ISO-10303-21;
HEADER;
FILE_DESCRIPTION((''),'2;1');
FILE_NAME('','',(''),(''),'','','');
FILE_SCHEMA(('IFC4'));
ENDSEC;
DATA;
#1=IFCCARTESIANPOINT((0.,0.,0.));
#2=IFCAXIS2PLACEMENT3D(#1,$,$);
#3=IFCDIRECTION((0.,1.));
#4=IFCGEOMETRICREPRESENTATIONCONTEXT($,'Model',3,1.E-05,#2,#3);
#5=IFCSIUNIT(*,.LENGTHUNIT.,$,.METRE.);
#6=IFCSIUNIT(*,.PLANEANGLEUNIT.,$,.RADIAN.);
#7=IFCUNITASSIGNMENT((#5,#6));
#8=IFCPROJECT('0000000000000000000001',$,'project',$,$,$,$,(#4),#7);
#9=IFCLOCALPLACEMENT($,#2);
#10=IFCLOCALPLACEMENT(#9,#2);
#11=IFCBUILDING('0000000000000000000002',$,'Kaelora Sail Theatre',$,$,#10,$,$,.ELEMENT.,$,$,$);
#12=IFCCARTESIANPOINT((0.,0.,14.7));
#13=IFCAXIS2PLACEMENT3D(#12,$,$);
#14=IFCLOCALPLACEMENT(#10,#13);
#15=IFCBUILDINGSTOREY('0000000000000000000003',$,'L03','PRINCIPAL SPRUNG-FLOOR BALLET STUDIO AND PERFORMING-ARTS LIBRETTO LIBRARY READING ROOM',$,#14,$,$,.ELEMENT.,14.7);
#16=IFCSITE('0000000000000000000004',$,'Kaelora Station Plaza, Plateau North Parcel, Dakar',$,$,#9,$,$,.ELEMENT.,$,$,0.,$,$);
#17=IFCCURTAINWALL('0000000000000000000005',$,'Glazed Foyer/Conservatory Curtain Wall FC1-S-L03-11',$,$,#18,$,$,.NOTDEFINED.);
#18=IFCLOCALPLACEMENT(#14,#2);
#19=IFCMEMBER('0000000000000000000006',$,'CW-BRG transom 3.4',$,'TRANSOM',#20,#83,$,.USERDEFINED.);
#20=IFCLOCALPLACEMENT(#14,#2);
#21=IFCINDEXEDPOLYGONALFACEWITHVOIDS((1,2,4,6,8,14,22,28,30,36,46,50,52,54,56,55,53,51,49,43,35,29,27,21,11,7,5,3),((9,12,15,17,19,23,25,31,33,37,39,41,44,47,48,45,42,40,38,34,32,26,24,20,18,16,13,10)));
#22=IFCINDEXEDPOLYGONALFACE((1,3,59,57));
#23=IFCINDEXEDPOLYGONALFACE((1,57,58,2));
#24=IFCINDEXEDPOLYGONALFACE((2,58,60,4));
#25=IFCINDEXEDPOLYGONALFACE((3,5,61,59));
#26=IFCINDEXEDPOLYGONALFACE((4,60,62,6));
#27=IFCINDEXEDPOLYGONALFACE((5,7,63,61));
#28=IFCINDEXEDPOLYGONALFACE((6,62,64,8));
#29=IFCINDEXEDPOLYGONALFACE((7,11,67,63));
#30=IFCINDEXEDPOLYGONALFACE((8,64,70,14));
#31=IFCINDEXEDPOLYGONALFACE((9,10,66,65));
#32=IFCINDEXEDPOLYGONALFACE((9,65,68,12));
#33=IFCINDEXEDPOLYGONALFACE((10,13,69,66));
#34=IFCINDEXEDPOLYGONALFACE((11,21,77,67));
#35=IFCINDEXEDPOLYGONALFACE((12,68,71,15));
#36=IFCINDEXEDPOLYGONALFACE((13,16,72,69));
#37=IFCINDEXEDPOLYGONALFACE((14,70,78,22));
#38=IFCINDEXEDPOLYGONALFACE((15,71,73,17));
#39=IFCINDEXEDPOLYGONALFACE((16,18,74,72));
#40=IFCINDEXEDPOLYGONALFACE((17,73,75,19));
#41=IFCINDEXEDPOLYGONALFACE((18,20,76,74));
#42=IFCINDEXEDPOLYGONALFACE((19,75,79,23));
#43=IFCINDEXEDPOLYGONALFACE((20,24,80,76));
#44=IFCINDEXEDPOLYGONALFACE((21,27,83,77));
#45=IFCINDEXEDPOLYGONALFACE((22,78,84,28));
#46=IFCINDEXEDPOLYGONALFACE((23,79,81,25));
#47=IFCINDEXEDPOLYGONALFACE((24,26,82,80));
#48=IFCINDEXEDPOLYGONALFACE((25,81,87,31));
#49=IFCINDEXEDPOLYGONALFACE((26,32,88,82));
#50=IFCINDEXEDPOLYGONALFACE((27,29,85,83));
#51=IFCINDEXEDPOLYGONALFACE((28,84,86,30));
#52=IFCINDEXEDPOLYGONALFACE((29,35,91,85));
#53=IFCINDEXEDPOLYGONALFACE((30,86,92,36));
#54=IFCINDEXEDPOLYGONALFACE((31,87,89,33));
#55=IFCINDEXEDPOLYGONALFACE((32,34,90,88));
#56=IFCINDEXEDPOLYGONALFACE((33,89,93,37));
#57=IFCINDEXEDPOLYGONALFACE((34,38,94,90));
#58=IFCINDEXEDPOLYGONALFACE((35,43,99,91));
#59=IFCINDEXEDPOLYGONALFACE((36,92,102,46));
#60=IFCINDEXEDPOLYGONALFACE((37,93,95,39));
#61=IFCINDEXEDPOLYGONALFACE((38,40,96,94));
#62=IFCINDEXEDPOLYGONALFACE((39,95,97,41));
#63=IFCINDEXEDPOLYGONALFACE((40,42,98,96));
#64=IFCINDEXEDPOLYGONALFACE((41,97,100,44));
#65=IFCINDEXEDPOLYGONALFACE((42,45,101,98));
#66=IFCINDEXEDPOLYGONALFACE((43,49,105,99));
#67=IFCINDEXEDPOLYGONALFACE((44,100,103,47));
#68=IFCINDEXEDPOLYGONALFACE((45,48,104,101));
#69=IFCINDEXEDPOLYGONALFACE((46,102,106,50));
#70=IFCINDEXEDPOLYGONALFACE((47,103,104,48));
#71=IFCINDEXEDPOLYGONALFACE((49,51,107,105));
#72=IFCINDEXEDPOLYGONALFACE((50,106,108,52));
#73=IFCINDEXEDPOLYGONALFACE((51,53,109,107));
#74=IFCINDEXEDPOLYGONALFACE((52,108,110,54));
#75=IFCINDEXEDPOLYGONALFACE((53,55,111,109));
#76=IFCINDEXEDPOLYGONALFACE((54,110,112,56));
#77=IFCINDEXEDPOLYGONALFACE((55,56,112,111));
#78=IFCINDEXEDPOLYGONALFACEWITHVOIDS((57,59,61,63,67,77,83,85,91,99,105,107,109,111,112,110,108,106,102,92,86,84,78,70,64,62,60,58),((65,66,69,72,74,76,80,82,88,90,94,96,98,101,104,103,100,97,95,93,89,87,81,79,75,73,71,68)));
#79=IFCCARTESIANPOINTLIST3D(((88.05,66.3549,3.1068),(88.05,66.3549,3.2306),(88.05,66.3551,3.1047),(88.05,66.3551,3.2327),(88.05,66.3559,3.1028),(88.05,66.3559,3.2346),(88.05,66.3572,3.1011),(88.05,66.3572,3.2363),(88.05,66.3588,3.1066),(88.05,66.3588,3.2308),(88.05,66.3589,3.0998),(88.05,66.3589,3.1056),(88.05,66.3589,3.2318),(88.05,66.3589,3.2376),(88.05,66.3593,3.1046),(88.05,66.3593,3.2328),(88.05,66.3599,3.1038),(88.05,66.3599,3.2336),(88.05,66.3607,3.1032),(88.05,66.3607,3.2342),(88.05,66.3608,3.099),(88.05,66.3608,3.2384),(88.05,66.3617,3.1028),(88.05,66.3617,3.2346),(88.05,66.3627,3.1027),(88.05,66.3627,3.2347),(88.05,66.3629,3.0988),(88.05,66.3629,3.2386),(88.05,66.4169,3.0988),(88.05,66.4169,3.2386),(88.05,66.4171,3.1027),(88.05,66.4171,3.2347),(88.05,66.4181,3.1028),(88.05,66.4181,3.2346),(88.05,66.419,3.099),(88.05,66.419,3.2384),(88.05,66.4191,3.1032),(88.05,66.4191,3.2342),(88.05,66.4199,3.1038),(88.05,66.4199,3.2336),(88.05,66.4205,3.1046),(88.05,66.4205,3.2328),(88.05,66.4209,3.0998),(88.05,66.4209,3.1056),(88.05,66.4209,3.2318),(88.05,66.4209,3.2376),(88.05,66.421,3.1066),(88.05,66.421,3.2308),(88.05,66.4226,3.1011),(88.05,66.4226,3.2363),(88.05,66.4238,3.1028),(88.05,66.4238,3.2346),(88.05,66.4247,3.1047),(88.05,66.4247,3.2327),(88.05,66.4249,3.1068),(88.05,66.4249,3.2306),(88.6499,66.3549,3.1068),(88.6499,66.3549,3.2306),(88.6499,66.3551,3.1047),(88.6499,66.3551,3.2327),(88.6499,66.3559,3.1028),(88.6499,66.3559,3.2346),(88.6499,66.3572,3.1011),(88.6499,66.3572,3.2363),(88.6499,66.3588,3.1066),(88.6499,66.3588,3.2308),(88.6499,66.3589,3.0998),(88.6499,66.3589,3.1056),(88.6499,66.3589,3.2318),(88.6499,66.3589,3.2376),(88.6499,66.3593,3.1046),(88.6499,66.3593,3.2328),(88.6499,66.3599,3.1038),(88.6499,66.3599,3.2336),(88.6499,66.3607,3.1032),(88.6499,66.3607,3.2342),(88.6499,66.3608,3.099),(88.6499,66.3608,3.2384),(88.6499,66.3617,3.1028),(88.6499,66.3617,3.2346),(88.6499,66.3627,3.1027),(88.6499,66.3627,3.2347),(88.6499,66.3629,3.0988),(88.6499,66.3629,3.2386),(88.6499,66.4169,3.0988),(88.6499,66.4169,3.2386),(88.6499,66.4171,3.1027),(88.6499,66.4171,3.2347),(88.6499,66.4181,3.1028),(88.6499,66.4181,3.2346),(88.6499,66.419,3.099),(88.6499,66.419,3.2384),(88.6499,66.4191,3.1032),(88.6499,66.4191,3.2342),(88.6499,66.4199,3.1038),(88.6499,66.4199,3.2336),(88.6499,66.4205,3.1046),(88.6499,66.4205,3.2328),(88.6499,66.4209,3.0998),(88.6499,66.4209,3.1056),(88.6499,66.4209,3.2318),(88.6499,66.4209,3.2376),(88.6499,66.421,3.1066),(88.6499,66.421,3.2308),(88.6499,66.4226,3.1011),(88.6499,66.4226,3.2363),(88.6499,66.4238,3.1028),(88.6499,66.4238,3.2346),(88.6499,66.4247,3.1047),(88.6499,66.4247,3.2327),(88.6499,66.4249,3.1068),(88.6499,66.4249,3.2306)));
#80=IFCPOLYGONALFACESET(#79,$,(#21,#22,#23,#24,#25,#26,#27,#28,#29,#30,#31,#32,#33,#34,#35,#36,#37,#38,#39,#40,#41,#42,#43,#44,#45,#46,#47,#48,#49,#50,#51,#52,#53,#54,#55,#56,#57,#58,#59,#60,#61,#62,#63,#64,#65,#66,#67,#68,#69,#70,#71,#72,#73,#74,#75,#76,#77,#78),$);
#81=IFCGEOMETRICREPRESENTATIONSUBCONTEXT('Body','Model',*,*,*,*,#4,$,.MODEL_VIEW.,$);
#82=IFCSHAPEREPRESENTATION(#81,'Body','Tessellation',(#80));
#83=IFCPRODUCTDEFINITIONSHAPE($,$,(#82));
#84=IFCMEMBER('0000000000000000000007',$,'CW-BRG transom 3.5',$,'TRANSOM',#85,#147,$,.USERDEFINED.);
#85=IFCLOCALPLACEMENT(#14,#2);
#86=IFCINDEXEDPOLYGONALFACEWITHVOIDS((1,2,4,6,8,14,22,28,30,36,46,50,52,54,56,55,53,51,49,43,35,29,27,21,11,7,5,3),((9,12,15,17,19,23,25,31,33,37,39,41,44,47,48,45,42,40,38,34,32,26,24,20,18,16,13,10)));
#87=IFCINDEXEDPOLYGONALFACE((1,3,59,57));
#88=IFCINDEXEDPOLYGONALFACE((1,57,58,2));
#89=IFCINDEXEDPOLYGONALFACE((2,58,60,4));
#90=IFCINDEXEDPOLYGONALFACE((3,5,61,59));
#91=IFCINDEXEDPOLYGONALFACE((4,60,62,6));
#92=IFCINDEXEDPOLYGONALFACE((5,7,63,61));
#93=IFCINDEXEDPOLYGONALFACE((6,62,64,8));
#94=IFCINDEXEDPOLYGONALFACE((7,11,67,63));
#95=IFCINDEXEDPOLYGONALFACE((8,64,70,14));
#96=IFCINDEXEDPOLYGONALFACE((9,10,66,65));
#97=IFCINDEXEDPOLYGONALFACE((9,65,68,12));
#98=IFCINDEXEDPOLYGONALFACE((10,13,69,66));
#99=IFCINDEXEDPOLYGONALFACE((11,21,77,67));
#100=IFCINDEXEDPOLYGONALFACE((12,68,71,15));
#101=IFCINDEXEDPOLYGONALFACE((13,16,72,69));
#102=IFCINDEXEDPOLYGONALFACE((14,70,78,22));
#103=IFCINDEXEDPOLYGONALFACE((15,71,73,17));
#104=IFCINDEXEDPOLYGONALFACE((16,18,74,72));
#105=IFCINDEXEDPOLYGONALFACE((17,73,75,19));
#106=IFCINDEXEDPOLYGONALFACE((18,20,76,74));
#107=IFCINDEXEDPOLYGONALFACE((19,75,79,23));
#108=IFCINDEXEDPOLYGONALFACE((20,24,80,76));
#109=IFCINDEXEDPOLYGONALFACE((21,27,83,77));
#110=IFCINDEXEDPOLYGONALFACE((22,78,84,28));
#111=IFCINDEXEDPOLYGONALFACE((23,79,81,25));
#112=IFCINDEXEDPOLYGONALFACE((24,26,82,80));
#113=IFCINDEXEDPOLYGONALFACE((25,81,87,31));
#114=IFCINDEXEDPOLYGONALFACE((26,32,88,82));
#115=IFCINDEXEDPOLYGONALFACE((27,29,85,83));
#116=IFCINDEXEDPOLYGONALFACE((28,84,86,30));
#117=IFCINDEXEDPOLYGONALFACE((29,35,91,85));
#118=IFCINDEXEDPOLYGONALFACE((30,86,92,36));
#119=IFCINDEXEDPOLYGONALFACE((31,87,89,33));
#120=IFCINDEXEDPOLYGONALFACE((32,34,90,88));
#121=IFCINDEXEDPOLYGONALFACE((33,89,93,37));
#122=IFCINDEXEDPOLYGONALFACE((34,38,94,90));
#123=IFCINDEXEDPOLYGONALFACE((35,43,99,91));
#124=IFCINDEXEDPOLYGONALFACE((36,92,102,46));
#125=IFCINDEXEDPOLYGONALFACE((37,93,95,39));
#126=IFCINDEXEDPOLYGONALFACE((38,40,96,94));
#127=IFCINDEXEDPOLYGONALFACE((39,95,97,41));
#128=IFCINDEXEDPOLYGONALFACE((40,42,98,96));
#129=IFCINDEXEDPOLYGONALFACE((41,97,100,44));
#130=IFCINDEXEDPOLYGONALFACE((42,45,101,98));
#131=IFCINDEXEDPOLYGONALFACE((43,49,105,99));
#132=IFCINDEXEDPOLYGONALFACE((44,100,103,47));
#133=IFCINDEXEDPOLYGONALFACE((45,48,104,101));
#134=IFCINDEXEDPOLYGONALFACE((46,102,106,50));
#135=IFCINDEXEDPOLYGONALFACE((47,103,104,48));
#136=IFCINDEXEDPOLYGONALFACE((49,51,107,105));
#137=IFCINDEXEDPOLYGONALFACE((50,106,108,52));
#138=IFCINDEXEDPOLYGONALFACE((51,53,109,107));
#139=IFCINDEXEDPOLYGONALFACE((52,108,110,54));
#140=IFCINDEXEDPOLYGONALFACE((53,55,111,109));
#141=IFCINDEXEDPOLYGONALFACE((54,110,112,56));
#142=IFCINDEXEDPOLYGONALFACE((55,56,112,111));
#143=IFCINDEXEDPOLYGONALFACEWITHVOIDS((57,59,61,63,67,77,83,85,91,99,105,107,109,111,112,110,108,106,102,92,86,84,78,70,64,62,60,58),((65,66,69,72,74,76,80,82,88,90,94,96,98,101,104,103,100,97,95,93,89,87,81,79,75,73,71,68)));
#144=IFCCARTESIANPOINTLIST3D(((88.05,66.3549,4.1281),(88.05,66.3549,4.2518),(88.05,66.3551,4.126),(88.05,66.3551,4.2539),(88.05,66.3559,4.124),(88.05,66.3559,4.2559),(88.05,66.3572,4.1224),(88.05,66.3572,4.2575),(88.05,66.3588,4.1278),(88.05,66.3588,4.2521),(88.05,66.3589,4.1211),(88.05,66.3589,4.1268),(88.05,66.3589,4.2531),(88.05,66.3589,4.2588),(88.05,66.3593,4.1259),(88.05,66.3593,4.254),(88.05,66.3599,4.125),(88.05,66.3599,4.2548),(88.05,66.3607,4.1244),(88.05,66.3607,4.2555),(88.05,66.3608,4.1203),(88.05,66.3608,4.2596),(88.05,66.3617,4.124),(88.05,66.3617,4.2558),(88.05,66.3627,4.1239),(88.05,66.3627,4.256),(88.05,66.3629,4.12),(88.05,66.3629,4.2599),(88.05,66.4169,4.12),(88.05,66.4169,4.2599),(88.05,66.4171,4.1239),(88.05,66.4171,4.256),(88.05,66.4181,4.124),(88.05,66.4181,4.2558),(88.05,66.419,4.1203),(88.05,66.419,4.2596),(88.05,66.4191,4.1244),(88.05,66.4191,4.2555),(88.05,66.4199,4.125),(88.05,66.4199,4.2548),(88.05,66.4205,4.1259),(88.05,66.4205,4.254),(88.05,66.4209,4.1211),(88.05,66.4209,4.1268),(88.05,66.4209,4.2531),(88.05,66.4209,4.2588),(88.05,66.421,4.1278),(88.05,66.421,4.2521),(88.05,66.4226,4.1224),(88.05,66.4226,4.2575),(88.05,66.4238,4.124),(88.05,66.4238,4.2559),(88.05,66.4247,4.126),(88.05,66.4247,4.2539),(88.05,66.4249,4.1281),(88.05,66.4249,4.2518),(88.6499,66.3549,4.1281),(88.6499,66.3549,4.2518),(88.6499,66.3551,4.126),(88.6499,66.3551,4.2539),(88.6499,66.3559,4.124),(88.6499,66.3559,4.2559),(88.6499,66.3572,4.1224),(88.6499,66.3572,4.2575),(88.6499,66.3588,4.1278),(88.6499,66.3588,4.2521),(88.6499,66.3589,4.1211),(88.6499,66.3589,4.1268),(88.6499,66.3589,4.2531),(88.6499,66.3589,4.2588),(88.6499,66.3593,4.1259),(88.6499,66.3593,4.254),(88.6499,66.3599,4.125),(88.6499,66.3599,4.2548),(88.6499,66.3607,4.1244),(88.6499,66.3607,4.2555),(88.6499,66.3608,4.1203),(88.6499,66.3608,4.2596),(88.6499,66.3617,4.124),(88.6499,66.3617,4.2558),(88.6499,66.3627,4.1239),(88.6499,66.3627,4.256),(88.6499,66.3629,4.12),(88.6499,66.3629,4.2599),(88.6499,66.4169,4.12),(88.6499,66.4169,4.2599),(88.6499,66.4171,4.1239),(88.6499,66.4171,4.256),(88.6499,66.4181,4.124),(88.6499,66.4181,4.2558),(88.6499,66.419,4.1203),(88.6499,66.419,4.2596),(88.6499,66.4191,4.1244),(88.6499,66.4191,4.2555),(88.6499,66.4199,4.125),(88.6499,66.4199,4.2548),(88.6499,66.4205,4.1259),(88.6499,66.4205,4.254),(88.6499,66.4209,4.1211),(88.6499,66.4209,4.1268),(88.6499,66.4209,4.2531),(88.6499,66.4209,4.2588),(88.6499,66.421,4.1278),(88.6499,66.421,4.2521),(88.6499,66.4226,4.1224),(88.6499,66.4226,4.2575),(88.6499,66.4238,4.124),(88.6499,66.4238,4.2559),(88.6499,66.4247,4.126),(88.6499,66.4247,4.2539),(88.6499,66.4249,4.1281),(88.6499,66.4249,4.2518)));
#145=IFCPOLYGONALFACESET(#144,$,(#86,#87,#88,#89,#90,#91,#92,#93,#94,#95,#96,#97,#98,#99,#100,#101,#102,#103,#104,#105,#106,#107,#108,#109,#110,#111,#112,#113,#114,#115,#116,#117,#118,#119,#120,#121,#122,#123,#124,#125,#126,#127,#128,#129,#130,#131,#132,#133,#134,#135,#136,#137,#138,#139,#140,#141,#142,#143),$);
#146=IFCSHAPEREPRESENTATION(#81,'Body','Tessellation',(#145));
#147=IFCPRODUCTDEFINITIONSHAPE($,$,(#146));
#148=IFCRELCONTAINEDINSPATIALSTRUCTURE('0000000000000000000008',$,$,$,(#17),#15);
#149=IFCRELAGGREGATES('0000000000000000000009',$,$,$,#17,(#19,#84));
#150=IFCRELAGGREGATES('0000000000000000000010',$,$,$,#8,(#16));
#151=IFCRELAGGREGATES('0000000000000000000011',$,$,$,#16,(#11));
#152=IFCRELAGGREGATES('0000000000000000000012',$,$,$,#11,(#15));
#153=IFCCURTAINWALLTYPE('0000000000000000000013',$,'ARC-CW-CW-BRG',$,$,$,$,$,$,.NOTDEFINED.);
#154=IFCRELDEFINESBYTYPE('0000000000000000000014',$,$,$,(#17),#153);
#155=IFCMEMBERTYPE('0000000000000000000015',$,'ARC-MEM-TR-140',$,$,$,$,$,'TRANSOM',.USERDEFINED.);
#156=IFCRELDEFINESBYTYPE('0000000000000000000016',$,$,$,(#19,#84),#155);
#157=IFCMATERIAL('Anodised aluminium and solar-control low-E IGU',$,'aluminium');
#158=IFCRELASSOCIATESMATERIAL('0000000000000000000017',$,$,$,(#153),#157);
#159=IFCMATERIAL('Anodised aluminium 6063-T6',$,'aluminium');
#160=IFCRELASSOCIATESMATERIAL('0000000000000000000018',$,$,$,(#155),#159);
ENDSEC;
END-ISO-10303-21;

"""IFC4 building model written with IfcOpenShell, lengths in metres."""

from ifc_helpers import new_model, si_unit, direction, frame, origin, origin_2d, place, context, subcontext, project, spatial, hollow_rectangle, extrude, material, material_profile, profile_set, type_object, element, aggregate, save


model = new_model("IFC4")

# Units and contexts
model_context = context("Model", 3, precision=1e-05, world=origin(), true_north=direction((0.0, 1.0)))
body_context = subcontext(model_context, "Body", "Model", "MODEL_VIEW")
ifc_project = project(units=[si_unit("LENGTHUNIT", "METRE"), si_unit("PLANEANGLEUNIT", "RADIAN")], contexts=[model_context])

# Site, building, storey
site_placement = place(None, origin())
site = spatial("IfcSite", under=ifc_project, at=site_placement, Name="Kaelora Station Plaza, Plateau North Parcel, Dakar", CompositionType="ELEMENT", RefElevation=0.0)
building_placement = place(site_placement, origin())
building = spatial("IfcBuilding", under=site, at=building_placement, Name="Kaelora Sail Theatre", CompositionType="ELEMENT")
storey_placement = place(building_placement, frame((0.0, 0.0, 14.7)))
storey = spatial("IfcBuildingStorey", under=building, at=storey_placement, Name="L03", Description="PRINCIPAL SPRUNG-FLOOR BALLET STUDIO AND PERFORMING-ARTS LIBRETTO LIBRARY READING ROOM", CompositionType="ELEMENT", Elevation=14.7)

# Curtain wall, members
ifc_material_1 = material(Name="Anodised aluminium and solar-control low-E IGU", Category="aluminium")
curtain_wall_type = type_object("IfcCurtainWallType", Name="ARC-CW-CW-BRG", PredefinedType="NOTDEFINED", material=ifc_material_1)
curtain_wall_placement = place(storey_placement, origin())
curtain_wall = element("IfcCurtainWall", 1, at=curtain_wall_placement, inside=storey, type_object=curtain_wall_type, Name="Glazed Foyer/Conservatory Curtain Wall FC1-S-L03-11", PredefinedType="NOTDEFINED")
ifc_material_2 = material(Name="Anodised aluminium 6063-T6", Category="aluminium")
ifc_material_profile_1 = material_profile(ifc_material_2, hollow_rectangle(XDim=0.0701, YDim=0.1399, WallThickness=0.0039, InnerFilletRadius=0.0039, OuterFilletRadius=0.0081, at=origin_2d()), Name="ALU-TRAN 70x140x4")
ifc_profile_set_1 = profile_set([ifc_material_profile_1], Name="Anodised aluminium 6063-T6")
member_type_1 = type_object("IfcMemberType", Name="ARC-MEM-TR-140", ElementType="TRANSOM", PredefinedType="USERDEFINED", material=ifc_profile_set_1)
member_1_placement = place(storey_placement, frame((88.05, 66.3899, 3.1687), z_axis=(1.0, 0.0, 0.0), x_axis=(0.0, 1.0, 0.0)))
member_1 = element("IfcMember", 2, at=member_1_placement, type_object=member_type_1, Name="CW-BRG transom 3.4", ObjectType="TRANSOM", PredefinedType="USERDEFINED", context=body_context, shape_type="SweptSolid", body=[
    extrude(hollow_rectangle(XDim=0.0701, YDim=0.1399, WallThickness=0.0039, InnerFilletRadius=0.0039, OuterFilletRadius=0.0081, at=origin_2d()), origin(), (0.0, 0.0, 1.0), 0.5999),
])
member_2_placement = place(storey_placement, frame((88.05, 66.3899, 4.1899), z_axis=(1.0, 0.0, 0.0), x_axis=(0.0, 1.0, 0.0)))
member_2 = element("IfcMember", 3, at=member_2_placement, type_object=member_type_1, Name="CW-BRG transom 3.5", ObjectType="TRANSOM", PredefinedType="USERDEFINED", context=body_context, shape_type="SweptSolid", body=[
    extrude(hollow_rectangle(XDim=0.0701, YDim=0.1399, WallThickness=0.0039, InnerFilletRadius=0.0039, OuterFilletRadius=0.0081, at=origin_2d()), origin(), (0.0, 0.0, 1.0), 0.5999),
])
aggregate(curtain_wall, [member_1, member_2])

save(model, "model.ifc")
